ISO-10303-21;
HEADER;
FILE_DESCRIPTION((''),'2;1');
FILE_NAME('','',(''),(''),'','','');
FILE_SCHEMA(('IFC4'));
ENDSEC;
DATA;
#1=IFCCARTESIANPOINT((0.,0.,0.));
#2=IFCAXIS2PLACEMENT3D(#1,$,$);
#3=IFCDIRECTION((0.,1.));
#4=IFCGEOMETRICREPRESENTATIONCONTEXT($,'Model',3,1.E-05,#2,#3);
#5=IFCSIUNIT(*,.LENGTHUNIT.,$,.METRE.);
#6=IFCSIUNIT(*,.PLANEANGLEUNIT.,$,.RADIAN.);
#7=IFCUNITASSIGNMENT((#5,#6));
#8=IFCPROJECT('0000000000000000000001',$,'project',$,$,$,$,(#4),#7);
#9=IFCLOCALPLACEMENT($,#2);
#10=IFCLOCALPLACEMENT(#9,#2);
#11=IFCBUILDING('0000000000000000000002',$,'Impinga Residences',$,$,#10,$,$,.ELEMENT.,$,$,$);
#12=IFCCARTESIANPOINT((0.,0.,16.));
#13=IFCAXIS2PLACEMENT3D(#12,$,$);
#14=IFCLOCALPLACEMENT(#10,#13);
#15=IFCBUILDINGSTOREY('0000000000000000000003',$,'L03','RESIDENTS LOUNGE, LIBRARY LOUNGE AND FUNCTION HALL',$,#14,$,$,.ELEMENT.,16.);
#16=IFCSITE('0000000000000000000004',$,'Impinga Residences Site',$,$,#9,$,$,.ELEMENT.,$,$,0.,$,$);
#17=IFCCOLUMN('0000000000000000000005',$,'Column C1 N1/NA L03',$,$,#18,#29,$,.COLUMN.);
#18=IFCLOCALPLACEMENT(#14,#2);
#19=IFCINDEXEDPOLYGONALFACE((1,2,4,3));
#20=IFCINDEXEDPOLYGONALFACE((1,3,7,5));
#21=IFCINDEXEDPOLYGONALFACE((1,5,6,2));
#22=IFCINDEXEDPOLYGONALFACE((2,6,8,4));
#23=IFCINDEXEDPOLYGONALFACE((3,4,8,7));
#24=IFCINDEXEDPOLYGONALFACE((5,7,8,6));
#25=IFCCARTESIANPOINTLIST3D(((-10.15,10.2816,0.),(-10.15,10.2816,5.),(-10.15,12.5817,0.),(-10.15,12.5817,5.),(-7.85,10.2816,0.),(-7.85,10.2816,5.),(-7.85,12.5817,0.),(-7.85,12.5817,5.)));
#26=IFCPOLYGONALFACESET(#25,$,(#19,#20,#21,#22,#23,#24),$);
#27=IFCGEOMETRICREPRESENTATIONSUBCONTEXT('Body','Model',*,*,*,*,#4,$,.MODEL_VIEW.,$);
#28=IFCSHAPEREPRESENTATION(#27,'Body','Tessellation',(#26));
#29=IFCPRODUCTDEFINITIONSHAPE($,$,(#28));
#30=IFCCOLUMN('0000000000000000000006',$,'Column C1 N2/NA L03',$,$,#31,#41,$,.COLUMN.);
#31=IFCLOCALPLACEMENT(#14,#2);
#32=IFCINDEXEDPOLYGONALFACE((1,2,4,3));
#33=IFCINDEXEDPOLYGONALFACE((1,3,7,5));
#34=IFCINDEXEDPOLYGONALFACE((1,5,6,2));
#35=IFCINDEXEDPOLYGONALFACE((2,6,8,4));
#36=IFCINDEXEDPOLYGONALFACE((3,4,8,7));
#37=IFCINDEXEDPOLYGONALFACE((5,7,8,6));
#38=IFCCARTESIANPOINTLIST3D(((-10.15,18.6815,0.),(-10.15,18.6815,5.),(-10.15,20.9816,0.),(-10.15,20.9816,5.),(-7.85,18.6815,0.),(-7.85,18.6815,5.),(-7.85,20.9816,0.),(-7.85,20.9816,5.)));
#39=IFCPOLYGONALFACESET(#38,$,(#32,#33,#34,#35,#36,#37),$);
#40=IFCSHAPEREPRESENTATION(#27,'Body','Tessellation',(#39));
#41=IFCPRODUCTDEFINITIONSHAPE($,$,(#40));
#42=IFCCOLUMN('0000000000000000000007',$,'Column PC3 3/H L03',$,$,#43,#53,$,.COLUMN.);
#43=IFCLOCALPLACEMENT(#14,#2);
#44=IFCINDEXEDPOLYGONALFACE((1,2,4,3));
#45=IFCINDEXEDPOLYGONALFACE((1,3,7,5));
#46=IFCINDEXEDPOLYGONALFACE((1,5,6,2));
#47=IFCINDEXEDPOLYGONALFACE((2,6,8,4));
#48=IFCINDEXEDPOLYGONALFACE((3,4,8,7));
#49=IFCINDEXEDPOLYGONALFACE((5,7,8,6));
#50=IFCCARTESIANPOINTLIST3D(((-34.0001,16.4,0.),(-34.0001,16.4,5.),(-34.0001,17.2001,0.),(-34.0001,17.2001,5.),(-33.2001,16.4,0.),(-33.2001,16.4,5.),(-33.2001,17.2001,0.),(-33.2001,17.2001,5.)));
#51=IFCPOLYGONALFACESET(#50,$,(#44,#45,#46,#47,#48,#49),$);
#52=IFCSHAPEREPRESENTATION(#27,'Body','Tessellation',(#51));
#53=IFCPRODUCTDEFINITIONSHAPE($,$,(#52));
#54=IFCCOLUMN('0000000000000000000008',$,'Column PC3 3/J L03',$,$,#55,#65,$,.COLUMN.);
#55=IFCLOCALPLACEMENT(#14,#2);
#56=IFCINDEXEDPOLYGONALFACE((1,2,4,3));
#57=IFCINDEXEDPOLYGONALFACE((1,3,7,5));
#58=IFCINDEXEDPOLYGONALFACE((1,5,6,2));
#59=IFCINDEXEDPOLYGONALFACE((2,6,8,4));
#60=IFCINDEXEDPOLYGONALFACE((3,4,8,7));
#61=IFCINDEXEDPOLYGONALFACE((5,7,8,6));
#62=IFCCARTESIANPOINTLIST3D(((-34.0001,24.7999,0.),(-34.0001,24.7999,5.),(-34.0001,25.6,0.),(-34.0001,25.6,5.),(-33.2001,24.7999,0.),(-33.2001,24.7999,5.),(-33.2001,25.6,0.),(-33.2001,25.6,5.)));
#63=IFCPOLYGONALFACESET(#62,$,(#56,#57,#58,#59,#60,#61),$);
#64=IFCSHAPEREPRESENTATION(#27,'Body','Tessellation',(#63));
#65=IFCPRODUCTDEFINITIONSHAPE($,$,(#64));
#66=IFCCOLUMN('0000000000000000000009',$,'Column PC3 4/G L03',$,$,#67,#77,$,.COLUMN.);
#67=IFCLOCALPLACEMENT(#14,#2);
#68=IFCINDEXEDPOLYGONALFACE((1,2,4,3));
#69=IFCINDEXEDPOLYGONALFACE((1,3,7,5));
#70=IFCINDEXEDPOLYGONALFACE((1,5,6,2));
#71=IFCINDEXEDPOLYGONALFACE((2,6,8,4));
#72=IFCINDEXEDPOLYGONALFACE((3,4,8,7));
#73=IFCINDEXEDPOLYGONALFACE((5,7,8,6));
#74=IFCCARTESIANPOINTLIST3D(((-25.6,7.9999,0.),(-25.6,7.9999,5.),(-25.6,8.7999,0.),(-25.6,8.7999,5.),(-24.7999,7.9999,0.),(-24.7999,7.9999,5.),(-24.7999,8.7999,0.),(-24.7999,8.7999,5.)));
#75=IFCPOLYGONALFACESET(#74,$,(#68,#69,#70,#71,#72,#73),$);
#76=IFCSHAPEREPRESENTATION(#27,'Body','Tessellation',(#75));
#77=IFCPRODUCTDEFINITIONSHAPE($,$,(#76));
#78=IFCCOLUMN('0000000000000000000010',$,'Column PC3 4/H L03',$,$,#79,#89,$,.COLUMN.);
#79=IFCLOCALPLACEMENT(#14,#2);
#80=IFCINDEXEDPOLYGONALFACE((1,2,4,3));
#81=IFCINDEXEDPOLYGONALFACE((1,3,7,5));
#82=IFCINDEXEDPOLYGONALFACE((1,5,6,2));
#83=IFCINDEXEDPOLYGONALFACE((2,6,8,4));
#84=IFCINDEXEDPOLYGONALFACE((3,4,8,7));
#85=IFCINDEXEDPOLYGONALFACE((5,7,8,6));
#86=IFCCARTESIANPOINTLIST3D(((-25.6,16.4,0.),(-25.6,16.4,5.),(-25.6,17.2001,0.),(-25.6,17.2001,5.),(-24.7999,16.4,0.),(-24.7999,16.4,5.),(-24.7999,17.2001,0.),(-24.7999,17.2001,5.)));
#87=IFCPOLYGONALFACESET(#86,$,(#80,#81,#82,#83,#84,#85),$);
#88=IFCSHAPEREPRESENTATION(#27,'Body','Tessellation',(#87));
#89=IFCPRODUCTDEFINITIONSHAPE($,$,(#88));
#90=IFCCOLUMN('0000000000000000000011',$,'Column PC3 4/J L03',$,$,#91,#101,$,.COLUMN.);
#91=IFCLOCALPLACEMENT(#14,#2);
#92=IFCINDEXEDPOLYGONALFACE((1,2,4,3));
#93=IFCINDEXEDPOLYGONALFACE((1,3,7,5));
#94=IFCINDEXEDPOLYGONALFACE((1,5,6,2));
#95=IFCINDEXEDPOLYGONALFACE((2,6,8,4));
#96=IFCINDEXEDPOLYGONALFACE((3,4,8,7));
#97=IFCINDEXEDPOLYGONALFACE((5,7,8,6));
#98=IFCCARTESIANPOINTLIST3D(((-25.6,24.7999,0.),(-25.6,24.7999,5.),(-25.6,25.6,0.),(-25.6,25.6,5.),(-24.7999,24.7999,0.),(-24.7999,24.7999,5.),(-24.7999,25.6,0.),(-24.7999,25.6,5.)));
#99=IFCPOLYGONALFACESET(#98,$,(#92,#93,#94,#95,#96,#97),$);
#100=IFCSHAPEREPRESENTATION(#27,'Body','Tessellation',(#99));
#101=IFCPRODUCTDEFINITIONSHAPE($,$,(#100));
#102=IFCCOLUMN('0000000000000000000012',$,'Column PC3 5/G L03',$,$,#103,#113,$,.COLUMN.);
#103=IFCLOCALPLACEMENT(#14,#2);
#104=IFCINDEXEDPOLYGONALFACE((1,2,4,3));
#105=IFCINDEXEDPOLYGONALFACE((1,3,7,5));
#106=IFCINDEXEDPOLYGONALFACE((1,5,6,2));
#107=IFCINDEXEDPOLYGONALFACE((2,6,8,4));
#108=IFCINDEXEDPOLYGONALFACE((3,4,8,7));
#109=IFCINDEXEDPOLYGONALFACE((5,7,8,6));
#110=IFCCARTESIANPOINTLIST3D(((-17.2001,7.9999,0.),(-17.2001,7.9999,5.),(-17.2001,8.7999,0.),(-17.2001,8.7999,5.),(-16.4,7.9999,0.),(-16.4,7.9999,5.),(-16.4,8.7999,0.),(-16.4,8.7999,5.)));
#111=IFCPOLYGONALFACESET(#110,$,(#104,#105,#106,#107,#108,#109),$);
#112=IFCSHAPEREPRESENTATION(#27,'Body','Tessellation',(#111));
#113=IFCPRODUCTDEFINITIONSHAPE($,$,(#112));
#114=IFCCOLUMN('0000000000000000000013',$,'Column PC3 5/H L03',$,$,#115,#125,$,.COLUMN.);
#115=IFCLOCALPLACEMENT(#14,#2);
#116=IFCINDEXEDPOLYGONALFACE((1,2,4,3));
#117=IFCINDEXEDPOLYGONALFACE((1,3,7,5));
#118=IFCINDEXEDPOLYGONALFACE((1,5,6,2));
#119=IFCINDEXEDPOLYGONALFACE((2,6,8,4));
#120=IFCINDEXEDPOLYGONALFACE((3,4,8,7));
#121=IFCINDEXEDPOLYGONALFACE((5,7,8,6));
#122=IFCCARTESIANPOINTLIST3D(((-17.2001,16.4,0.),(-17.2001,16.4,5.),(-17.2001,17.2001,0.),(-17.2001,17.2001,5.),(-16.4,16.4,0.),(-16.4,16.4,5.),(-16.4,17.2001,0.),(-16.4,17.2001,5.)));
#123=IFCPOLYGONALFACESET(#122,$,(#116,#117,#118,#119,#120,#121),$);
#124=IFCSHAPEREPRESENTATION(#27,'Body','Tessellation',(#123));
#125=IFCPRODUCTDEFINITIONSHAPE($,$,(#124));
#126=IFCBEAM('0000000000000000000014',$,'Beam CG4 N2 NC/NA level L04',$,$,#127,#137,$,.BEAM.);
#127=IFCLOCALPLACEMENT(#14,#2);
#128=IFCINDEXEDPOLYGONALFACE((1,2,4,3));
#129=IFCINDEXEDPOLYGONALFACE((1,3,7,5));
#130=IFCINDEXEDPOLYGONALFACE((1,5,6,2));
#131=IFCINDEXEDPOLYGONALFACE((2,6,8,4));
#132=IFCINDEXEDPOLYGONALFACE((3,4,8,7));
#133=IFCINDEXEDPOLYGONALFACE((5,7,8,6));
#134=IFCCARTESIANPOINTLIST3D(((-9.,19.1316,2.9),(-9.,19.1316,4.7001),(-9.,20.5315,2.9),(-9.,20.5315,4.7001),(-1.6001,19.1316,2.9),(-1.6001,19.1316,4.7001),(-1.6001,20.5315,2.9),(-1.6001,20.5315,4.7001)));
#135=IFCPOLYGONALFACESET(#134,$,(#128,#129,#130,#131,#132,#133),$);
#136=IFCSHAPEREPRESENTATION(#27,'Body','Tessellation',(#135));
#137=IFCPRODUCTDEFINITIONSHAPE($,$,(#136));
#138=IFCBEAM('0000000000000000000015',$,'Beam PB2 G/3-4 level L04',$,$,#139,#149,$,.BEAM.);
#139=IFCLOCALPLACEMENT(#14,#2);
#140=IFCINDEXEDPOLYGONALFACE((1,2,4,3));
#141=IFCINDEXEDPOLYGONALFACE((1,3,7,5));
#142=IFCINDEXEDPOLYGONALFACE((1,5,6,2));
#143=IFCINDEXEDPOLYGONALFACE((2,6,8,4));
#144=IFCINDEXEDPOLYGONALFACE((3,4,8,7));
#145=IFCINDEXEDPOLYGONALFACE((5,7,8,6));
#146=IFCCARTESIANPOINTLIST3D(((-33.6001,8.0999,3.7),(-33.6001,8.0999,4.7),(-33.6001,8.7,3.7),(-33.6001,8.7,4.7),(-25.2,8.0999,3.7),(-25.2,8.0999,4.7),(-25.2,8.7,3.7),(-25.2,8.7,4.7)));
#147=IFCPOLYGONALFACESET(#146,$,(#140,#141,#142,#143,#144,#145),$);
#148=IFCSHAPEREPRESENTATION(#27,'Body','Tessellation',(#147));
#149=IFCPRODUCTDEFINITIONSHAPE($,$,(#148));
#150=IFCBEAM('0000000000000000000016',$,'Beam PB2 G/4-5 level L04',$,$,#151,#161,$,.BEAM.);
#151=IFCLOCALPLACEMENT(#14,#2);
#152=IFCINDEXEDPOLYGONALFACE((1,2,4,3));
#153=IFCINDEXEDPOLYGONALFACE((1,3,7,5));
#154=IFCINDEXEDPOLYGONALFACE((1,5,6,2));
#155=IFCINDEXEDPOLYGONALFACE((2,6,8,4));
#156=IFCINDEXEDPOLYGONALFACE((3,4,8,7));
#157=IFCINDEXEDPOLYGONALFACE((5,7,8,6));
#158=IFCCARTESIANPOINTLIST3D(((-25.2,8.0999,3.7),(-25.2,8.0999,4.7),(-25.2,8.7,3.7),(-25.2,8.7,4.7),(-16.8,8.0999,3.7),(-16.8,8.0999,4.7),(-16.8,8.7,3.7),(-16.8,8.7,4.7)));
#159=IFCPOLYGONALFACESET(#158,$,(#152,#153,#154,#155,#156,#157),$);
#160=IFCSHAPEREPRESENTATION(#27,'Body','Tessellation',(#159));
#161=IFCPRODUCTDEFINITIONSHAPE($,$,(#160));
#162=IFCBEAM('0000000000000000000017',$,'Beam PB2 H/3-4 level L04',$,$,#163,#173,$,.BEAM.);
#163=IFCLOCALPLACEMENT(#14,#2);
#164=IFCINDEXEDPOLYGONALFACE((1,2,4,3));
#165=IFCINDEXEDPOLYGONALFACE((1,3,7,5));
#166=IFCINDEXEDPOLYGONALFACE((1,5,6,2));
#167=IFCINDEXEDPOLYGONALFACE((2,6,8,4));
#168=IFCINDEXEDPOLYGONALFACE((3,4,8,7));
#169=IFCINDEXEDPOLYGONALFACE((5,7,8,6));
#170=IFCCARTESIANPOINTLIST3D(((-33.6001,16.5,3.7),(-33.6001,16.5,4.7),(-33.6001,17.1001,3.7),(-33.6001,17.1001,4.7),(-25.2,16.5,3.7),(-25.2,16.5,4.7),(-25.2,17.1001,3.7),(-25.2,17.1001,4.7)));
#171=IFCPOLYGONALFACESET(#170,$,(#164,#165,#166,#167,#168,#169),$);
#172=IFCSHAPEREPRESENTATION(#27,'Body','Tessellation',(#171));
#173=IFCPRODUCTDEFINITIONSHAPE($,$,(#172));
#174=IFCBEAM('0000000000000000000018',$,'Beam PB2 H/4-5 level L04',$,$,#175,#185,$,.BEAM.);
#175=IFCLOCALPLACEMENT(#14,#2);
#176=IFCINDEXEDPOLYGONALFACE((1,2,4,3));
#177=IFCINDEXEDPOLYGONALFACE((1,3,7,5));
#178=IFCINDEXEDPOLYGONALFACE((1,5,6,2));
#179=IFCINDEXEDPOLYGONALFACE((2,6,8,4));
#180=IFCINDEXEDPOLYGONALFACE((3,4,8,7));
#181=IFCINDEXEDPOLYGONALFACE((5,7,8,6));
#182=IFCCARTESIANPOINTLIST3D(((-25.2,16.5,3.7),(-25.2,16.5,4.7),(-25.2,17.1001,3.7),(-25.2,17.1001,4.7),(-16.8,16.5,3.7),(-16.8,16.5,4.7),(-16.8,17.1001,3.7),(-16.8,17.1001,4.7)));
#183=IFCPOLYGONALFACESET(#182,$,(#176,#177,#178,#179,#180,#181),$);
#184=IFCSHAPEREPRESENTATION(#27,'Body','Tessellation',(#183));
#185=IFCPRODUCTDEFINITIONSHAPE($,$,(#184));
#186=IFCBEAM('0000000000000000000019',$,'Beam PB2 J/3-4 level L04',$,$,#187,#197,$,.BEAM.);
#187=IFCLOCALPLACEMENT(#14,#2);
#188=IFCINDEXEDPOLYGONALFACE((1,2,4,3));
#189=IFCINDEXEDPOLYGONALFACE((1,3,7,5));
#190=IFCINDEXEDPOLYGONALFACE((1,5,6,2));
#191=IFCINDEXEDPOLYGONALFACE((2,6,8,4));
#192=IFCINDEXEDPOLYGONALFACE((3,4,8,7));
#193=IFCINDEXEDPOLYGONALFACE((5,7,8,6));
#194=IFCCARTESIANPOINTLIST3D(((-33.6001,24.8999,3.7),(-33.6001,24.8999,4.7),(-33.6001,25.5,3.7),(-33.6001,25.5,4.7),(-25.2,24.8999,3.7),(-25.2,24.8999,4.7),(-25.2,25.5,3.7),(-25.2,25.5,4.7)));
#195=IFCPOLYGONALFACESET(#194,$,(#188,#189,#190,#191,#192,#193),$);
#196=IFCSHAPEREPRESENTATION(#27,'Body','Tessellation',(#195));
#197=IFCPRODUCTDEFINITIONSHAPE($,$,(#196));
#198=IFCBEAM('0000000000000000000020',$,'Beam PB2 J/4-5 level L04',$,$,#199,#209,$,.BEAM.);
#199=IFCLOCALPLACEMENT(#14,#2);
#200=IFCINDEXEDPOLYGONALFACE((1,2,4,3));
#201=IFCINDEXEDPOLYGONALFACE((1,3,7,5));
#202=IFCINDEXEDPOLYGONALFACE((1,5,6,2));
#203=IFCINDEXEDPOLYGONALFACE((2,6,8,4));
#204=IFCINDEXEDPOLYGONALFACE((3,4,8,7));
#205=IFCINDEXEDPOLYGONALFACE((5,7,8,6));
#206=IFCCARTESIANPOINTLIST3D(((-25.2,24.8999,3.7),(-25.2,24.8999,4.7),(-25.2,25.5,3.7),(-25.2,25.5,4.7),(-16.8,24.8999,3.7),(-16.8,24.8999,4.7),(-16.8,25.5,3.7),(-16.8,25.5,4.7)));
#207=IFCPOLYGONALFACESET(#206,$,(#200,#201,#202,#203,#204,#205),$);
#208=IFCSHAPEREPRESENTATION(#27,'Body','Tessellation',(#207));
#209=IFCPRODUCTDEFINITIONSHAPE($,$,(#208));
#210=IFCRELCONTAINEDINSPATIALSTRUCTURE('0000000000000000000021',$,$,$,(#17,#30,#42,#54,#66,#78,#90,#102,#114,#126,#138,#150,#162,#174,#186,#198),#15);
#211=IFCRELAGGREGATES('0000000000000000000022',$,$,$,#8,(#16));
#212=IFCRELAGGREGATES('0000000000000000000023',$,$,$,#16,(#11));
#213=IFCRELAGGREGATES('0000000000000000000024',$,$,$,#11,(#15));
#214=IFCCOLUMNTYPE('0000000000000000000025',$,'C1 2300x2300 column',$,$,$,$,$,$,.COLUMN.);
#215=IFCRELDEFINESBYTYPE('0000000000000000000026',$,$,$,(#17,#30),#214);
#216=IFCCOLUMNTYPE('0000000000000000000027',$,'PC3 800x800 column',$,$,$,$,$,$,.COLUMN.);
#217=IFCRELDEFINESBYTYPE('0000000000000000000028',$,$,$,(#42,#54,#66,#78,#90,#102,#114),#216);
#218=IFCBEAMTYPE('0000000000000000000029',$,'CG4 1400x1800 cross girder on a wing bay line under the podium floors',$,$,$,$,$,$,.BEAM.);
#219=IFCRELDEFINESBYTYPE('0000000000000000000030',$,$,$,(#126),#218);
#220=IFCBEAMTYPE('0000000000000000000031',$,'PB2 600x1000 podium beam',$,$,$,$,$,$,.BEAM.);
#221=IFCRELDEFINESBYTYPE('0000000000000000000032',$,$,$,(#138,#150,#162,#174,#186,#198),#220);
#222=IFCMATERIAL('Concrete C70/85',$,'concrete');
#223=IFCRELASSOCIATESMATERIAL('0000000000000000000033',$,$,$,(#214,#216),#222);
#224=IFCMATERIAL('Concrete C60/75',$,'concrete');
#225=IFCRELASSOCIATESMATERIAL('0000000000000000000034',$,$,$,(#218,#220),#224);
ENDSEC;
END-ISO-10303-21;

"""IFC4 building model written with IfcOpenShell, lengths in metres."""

from ifc_helpers import new_model, si_unit, direction, frame, origin, origin_2d, place, context, subcontext, project, spatial, rectangle, extrude, material, material_profile, profile_set, type_object, element, save


model = new_model("IFC4")

# Units and contexts
model_context = context("Model", 3, precision=1e-05, world=origin(), true_north=direction((0.0, 1.0)))
body_context = subcontext(model_context, "Body", "Model", "MODEL_VIEW")
ifc_project = project(units=[si_unit("LENGTHUNIT", "METRE"), si_unit("PLANEANGLEUNIT", "RADIAN")], contexts=[model_context])

# Site, building, storey
site_placement = place(None, origin())
site = spatial("IfcSite", under=ifc_project, at=site_placement, Name="Impinga Residences Site", CompositionType="ELEMENT", RefElevation=0.0)
building_placement = place(site_placement, origin())
building = spatial("IfcBuilding", under=site, at=building_placement, Name="Impinga Residences", CompositionType="ELEMENT")
storey_placement = place(building_placement, frame((0.0, 0.0, 16.0)))
storey = spatial("IfcBuildingStorey", under=building, at=storey_placement, Name="L03", Description="RESIDENTS LOUNGE, LIBRARY LOUNGE AND FUNCTION HALL", CompositionType="ELEMENT", Elevation=16.0)

# Columns
ifc_material_1 = material(Name="Concrete C70/85", Category="concrete")
ifc_material_profile_1 = material_profile(ifc_material_1, rectangle(XDim=2.3, YDim=2.3, at=origin_2d()), Name="RC 2300x2300")
ifc_profile_set_1 = profile_set([ifc_material_profile_1], Name="Concrete C70/85")
column_type_1 = type_object("IfcColumnType", Name="C1 2300x2300 column", PredefinedType="COLUMN", material=ifc_profile_set_1)
for number, where, z_axis, x_axis, name in (
    (1, (-9.0, 11.4316, 0.0), (0.0, 0.0, 1.0), (1.0, 0.0, 0.0), "Column C1 N1/NA L03"),
    (2, (-9.0, 19.8315, 0.0), (0.0, 0.0, 1.0), (1.0, 0.0, 0.0), "Column C1 N2/NA L03"),
):
    element("IfcColumn", number, at=place(storey_placement, frame(where, z_axis=z_axis, x_axis=x_axis)), inside=storey, type_object=column_type_1, Name=name, PredefinedType="COLUMN", context=body_context, shape_type="SweptSolid", body=[
        extrude(rectangle(XDim=2.3, YDim=2.3, at=origin_2d()), origin(), (0.0, 0.0, 1.0), 5.0),
    ])
ifc_material_profile_2 = material_profile(ifc_material_1, rectangle(XDim=0.8, YDim=0.8, at=origin_2d()), Name="RC 800x800")
ifc_profile_set_2 = profile_set([ifc_material_profile_2], Name="Concrete C70/85")
column_type_2 = type_object("IfcColumnType", Name="PC3 800x800 column", PredefinedType="COLUMN", material=ifc_profile_set_2)
for number, where, z_axis, x_axis, name in (
    (3, (-33.6001, 16.8, 0.0), (0.0, 0.0, 1.0), (1.0, 0.0, 0.0), "Column PC3 3/H L03"),
    (4, (-33.6001, 25.2, 0.0), (0.0, 0.0, 1.0), (1.0, 0.0, 0.0), "Column PC3 3/J L03"),
    (5, (-25.2, 8.3999, 0.0), (0.0, 0.0, 1.0), (1.0, 0.0, 0.0), "Column PC3 4/G L03"),
    (6, (-25.2, 16.8, 0.0), (0.0, 0.0, 1.0), (1.0, 0.0, 0.0), "Column PC3 4/H L03"),
    (7, (-25.2, 25.2, 0.0), (0.0, 0.0, 1.0), (1.0, 0.0, 0.0), "Column PC3 4/J L03"),
    (8, (-16.8, 8.3999, 0.0), (0.0, 0.0, 1.0), (1.0, 0.0, 0.0), "Column PC3 5/G L03"),
    (9, (-16.8, 16.8, 0.0), (0.0, 0.0, 1.0), (1.0, 0.0, 0.0), "Column PC3 5/H L03"),
):
    element("IfcColumn", number, at=place(storey_placement, frame(where, z_axis=z_axis, x_axis=x_axis)), inside=storey, type_object=column_type_2, Name=name, PredefinedType="COLUMN", context=body_context, shape_type="SweptSolid", body=[
        extrude(rectangle(XDim=0.8, YDim=0.8, at=origin_2d()), origin(), (0.0, 0.0, 1.0), 5.0),
    ])

# Beams
ifc_material_2 = material(Name="Concrete C60/75", Category="concrete")
ifc_material_profile_3 = material_profile(ifc_material_2, rectangle(XDim=1.3999, YDim=1.8, at=origin_2d()), Name="RC 1400x1800")
ifc_profile_set_3 = profile_set([ifc_material_profile_3], Name="Concrete C60/75")
beam_type_1 = type_object("IfcBeamType", Name="CG4 1400x1800 cross girder on a wing bay line under the podium floors", PredefinedType="BEAM", material=ifc_profile_set_3)
beam_1_placement = place(storey_placement, frame((-1.6001, 19.8315, 3.8), z_axis=(-1.0, 0.0, 0.0), x_axis=(0.0, -1.0, 0.0)))
element("IfcBeam", 10, at=beam_1_placement, inside=storey, type_object=beam_type_1, Name="Beam CG4 N2 NC/NA level L04", PredefinedType="BEAM", context=body_context, shape_type="SweptSolid", body=[
    extrude(rectangle(XDim=1.3999, YDim=1.8, at=origin_2d()), origin(), (0.0, 0.0, 1.0), 7.3999),
])
ifc_material_profile_4 = material_profile(ifc_material_2, rectangle(XDim=0.6001, YDim=1.0, at=origin_2d()), Name="RC 600x1000")
ifc_profile_set_4 = profile_set([ifc_material_profile_4], Name="Concrete C60/75")
beam_type_2 = type_object("IfcBeamType", Name="PB2 600x1000 podium beam", PredefinedType="BEAM", material=ifc_profile_set_4)
beam_2_placement = place(storey_placement, frame((-33.6001, 8.3999, 4.2), z_axis=(1.0, 0.0, 0.0), x_axis=(0.0, 1.0, 0.0)))
element("IfcBeam", 11, at=beam_2_placement, inside=storey, type_object=beam_type_2, Name="Beam PB2 G/3-4 level L04", PredefinedType="BEAM", context=body_context, shape_type="SweptSolid", body=[
    extrude(rectangle(XDim=0.6001, YDim=1.0, at=origin_2d()), origin(), (0.0, 0.0, 1.0), 8.4001),
])
beam_3_placement = place(storey_placement, frame((-25.2, 8.3999, 4.2), z_axis=(1.0, 0.0, 0.0), x_axis=(0.0, 1.0, 0.0)))
element("IfcBeam", 12, at=beam_3_placement, inside=storey, type_object=beam_type_2, Name="Beam PB2 G/4-5 level L04", PredefinedType="BEAM", context=body_context, shape_type="SweptSolid", body=[
    extrude(rectangle(XDim=0.6001, YDim=1.0, at=origin_2d()), origin(), (0.0, 0.0, 1.0), 8.3999),
])
beam_4_placement = place(storey_placement, frame((-33.6001, 16.8, 4.2), z_axis=(1.0, 0.0, 0.0), x_axis=(0.0, 1.0, 0.0)))
element("IfcBeam", 13, at=beam_4_placement, inside=storey, type_object=beam_type_2, Name="Beam PB2 H/3-4 level L04", PredefinedType="BEAM", context=body_context, shape_type="SweptSolid", body=[
    extrude(rectangle(XDim=0.6001, YDim=1.0, at=origin_2d()), origin(), (0.0, 0.0, 1.0), 8.4001),
])
beam_5_placement = place(storey_placement, frame((-25.2, 16.8, 4.2), z_axis=(1.0, 0.0, 0.0), x_axis=(0.0, 1.0, 0.0)))
element("IfcBeam", 14, at=beam_5_placement, inside=storey, type_object=beam_type_2, Name="Beam PB2 H/4-5 level L04", PredefinedType="BEAM", context=body_context, shape_type="SweptSolid", body=[
    extrude(rectangle(XDim=0.6001, YDim=1.0, at=origin_2d()), origin(), (0.0, 0.0, 1.0), 8.3999),
])
beam_6_placement = place(storey_placement, frame((-33.6001, 25.2, 4.2), z_axis=(1.0, 0.0, 0.0), x_axis=(0.0, 1.0, 0.0)))
element("IfcBeam", 15, at=beam_6_placement, inside=storey, type_object=beam_type_2, Name="Beam PB2 J/3-4 level L04", PredefinedType="BEAM", context=body_context, shape_type="SweptSolid", body=[
    extrude(rectangle(XDim=0.6001, YDim=1.0, at=origin_2d()), origin(), (0.0, 0.0, 1.0), 8.4001),
])
beam_7_placement = place(storey_placement, frame((-25.2, 25.2, 4.2), z_axis=(1.0, 0.0, 0.0), x_axis=(0.0, 1.0, 0.0)))
element("IfcBeam", 16, at=beam_7_placement, inside=storey, type_object=beam_type_2, Name="Beam PB2 J/4-5 level L04", PredefinedType="BEAM", context=body_context, shape_type="SweptSolid", body=[
    extrude(rectangle(XDim=0.6001, YDim=1.0, at=origin_2d()), origin(), (0.0, 0.0, 1.0), 8.3999),
])

save(model, "model.ifc")
